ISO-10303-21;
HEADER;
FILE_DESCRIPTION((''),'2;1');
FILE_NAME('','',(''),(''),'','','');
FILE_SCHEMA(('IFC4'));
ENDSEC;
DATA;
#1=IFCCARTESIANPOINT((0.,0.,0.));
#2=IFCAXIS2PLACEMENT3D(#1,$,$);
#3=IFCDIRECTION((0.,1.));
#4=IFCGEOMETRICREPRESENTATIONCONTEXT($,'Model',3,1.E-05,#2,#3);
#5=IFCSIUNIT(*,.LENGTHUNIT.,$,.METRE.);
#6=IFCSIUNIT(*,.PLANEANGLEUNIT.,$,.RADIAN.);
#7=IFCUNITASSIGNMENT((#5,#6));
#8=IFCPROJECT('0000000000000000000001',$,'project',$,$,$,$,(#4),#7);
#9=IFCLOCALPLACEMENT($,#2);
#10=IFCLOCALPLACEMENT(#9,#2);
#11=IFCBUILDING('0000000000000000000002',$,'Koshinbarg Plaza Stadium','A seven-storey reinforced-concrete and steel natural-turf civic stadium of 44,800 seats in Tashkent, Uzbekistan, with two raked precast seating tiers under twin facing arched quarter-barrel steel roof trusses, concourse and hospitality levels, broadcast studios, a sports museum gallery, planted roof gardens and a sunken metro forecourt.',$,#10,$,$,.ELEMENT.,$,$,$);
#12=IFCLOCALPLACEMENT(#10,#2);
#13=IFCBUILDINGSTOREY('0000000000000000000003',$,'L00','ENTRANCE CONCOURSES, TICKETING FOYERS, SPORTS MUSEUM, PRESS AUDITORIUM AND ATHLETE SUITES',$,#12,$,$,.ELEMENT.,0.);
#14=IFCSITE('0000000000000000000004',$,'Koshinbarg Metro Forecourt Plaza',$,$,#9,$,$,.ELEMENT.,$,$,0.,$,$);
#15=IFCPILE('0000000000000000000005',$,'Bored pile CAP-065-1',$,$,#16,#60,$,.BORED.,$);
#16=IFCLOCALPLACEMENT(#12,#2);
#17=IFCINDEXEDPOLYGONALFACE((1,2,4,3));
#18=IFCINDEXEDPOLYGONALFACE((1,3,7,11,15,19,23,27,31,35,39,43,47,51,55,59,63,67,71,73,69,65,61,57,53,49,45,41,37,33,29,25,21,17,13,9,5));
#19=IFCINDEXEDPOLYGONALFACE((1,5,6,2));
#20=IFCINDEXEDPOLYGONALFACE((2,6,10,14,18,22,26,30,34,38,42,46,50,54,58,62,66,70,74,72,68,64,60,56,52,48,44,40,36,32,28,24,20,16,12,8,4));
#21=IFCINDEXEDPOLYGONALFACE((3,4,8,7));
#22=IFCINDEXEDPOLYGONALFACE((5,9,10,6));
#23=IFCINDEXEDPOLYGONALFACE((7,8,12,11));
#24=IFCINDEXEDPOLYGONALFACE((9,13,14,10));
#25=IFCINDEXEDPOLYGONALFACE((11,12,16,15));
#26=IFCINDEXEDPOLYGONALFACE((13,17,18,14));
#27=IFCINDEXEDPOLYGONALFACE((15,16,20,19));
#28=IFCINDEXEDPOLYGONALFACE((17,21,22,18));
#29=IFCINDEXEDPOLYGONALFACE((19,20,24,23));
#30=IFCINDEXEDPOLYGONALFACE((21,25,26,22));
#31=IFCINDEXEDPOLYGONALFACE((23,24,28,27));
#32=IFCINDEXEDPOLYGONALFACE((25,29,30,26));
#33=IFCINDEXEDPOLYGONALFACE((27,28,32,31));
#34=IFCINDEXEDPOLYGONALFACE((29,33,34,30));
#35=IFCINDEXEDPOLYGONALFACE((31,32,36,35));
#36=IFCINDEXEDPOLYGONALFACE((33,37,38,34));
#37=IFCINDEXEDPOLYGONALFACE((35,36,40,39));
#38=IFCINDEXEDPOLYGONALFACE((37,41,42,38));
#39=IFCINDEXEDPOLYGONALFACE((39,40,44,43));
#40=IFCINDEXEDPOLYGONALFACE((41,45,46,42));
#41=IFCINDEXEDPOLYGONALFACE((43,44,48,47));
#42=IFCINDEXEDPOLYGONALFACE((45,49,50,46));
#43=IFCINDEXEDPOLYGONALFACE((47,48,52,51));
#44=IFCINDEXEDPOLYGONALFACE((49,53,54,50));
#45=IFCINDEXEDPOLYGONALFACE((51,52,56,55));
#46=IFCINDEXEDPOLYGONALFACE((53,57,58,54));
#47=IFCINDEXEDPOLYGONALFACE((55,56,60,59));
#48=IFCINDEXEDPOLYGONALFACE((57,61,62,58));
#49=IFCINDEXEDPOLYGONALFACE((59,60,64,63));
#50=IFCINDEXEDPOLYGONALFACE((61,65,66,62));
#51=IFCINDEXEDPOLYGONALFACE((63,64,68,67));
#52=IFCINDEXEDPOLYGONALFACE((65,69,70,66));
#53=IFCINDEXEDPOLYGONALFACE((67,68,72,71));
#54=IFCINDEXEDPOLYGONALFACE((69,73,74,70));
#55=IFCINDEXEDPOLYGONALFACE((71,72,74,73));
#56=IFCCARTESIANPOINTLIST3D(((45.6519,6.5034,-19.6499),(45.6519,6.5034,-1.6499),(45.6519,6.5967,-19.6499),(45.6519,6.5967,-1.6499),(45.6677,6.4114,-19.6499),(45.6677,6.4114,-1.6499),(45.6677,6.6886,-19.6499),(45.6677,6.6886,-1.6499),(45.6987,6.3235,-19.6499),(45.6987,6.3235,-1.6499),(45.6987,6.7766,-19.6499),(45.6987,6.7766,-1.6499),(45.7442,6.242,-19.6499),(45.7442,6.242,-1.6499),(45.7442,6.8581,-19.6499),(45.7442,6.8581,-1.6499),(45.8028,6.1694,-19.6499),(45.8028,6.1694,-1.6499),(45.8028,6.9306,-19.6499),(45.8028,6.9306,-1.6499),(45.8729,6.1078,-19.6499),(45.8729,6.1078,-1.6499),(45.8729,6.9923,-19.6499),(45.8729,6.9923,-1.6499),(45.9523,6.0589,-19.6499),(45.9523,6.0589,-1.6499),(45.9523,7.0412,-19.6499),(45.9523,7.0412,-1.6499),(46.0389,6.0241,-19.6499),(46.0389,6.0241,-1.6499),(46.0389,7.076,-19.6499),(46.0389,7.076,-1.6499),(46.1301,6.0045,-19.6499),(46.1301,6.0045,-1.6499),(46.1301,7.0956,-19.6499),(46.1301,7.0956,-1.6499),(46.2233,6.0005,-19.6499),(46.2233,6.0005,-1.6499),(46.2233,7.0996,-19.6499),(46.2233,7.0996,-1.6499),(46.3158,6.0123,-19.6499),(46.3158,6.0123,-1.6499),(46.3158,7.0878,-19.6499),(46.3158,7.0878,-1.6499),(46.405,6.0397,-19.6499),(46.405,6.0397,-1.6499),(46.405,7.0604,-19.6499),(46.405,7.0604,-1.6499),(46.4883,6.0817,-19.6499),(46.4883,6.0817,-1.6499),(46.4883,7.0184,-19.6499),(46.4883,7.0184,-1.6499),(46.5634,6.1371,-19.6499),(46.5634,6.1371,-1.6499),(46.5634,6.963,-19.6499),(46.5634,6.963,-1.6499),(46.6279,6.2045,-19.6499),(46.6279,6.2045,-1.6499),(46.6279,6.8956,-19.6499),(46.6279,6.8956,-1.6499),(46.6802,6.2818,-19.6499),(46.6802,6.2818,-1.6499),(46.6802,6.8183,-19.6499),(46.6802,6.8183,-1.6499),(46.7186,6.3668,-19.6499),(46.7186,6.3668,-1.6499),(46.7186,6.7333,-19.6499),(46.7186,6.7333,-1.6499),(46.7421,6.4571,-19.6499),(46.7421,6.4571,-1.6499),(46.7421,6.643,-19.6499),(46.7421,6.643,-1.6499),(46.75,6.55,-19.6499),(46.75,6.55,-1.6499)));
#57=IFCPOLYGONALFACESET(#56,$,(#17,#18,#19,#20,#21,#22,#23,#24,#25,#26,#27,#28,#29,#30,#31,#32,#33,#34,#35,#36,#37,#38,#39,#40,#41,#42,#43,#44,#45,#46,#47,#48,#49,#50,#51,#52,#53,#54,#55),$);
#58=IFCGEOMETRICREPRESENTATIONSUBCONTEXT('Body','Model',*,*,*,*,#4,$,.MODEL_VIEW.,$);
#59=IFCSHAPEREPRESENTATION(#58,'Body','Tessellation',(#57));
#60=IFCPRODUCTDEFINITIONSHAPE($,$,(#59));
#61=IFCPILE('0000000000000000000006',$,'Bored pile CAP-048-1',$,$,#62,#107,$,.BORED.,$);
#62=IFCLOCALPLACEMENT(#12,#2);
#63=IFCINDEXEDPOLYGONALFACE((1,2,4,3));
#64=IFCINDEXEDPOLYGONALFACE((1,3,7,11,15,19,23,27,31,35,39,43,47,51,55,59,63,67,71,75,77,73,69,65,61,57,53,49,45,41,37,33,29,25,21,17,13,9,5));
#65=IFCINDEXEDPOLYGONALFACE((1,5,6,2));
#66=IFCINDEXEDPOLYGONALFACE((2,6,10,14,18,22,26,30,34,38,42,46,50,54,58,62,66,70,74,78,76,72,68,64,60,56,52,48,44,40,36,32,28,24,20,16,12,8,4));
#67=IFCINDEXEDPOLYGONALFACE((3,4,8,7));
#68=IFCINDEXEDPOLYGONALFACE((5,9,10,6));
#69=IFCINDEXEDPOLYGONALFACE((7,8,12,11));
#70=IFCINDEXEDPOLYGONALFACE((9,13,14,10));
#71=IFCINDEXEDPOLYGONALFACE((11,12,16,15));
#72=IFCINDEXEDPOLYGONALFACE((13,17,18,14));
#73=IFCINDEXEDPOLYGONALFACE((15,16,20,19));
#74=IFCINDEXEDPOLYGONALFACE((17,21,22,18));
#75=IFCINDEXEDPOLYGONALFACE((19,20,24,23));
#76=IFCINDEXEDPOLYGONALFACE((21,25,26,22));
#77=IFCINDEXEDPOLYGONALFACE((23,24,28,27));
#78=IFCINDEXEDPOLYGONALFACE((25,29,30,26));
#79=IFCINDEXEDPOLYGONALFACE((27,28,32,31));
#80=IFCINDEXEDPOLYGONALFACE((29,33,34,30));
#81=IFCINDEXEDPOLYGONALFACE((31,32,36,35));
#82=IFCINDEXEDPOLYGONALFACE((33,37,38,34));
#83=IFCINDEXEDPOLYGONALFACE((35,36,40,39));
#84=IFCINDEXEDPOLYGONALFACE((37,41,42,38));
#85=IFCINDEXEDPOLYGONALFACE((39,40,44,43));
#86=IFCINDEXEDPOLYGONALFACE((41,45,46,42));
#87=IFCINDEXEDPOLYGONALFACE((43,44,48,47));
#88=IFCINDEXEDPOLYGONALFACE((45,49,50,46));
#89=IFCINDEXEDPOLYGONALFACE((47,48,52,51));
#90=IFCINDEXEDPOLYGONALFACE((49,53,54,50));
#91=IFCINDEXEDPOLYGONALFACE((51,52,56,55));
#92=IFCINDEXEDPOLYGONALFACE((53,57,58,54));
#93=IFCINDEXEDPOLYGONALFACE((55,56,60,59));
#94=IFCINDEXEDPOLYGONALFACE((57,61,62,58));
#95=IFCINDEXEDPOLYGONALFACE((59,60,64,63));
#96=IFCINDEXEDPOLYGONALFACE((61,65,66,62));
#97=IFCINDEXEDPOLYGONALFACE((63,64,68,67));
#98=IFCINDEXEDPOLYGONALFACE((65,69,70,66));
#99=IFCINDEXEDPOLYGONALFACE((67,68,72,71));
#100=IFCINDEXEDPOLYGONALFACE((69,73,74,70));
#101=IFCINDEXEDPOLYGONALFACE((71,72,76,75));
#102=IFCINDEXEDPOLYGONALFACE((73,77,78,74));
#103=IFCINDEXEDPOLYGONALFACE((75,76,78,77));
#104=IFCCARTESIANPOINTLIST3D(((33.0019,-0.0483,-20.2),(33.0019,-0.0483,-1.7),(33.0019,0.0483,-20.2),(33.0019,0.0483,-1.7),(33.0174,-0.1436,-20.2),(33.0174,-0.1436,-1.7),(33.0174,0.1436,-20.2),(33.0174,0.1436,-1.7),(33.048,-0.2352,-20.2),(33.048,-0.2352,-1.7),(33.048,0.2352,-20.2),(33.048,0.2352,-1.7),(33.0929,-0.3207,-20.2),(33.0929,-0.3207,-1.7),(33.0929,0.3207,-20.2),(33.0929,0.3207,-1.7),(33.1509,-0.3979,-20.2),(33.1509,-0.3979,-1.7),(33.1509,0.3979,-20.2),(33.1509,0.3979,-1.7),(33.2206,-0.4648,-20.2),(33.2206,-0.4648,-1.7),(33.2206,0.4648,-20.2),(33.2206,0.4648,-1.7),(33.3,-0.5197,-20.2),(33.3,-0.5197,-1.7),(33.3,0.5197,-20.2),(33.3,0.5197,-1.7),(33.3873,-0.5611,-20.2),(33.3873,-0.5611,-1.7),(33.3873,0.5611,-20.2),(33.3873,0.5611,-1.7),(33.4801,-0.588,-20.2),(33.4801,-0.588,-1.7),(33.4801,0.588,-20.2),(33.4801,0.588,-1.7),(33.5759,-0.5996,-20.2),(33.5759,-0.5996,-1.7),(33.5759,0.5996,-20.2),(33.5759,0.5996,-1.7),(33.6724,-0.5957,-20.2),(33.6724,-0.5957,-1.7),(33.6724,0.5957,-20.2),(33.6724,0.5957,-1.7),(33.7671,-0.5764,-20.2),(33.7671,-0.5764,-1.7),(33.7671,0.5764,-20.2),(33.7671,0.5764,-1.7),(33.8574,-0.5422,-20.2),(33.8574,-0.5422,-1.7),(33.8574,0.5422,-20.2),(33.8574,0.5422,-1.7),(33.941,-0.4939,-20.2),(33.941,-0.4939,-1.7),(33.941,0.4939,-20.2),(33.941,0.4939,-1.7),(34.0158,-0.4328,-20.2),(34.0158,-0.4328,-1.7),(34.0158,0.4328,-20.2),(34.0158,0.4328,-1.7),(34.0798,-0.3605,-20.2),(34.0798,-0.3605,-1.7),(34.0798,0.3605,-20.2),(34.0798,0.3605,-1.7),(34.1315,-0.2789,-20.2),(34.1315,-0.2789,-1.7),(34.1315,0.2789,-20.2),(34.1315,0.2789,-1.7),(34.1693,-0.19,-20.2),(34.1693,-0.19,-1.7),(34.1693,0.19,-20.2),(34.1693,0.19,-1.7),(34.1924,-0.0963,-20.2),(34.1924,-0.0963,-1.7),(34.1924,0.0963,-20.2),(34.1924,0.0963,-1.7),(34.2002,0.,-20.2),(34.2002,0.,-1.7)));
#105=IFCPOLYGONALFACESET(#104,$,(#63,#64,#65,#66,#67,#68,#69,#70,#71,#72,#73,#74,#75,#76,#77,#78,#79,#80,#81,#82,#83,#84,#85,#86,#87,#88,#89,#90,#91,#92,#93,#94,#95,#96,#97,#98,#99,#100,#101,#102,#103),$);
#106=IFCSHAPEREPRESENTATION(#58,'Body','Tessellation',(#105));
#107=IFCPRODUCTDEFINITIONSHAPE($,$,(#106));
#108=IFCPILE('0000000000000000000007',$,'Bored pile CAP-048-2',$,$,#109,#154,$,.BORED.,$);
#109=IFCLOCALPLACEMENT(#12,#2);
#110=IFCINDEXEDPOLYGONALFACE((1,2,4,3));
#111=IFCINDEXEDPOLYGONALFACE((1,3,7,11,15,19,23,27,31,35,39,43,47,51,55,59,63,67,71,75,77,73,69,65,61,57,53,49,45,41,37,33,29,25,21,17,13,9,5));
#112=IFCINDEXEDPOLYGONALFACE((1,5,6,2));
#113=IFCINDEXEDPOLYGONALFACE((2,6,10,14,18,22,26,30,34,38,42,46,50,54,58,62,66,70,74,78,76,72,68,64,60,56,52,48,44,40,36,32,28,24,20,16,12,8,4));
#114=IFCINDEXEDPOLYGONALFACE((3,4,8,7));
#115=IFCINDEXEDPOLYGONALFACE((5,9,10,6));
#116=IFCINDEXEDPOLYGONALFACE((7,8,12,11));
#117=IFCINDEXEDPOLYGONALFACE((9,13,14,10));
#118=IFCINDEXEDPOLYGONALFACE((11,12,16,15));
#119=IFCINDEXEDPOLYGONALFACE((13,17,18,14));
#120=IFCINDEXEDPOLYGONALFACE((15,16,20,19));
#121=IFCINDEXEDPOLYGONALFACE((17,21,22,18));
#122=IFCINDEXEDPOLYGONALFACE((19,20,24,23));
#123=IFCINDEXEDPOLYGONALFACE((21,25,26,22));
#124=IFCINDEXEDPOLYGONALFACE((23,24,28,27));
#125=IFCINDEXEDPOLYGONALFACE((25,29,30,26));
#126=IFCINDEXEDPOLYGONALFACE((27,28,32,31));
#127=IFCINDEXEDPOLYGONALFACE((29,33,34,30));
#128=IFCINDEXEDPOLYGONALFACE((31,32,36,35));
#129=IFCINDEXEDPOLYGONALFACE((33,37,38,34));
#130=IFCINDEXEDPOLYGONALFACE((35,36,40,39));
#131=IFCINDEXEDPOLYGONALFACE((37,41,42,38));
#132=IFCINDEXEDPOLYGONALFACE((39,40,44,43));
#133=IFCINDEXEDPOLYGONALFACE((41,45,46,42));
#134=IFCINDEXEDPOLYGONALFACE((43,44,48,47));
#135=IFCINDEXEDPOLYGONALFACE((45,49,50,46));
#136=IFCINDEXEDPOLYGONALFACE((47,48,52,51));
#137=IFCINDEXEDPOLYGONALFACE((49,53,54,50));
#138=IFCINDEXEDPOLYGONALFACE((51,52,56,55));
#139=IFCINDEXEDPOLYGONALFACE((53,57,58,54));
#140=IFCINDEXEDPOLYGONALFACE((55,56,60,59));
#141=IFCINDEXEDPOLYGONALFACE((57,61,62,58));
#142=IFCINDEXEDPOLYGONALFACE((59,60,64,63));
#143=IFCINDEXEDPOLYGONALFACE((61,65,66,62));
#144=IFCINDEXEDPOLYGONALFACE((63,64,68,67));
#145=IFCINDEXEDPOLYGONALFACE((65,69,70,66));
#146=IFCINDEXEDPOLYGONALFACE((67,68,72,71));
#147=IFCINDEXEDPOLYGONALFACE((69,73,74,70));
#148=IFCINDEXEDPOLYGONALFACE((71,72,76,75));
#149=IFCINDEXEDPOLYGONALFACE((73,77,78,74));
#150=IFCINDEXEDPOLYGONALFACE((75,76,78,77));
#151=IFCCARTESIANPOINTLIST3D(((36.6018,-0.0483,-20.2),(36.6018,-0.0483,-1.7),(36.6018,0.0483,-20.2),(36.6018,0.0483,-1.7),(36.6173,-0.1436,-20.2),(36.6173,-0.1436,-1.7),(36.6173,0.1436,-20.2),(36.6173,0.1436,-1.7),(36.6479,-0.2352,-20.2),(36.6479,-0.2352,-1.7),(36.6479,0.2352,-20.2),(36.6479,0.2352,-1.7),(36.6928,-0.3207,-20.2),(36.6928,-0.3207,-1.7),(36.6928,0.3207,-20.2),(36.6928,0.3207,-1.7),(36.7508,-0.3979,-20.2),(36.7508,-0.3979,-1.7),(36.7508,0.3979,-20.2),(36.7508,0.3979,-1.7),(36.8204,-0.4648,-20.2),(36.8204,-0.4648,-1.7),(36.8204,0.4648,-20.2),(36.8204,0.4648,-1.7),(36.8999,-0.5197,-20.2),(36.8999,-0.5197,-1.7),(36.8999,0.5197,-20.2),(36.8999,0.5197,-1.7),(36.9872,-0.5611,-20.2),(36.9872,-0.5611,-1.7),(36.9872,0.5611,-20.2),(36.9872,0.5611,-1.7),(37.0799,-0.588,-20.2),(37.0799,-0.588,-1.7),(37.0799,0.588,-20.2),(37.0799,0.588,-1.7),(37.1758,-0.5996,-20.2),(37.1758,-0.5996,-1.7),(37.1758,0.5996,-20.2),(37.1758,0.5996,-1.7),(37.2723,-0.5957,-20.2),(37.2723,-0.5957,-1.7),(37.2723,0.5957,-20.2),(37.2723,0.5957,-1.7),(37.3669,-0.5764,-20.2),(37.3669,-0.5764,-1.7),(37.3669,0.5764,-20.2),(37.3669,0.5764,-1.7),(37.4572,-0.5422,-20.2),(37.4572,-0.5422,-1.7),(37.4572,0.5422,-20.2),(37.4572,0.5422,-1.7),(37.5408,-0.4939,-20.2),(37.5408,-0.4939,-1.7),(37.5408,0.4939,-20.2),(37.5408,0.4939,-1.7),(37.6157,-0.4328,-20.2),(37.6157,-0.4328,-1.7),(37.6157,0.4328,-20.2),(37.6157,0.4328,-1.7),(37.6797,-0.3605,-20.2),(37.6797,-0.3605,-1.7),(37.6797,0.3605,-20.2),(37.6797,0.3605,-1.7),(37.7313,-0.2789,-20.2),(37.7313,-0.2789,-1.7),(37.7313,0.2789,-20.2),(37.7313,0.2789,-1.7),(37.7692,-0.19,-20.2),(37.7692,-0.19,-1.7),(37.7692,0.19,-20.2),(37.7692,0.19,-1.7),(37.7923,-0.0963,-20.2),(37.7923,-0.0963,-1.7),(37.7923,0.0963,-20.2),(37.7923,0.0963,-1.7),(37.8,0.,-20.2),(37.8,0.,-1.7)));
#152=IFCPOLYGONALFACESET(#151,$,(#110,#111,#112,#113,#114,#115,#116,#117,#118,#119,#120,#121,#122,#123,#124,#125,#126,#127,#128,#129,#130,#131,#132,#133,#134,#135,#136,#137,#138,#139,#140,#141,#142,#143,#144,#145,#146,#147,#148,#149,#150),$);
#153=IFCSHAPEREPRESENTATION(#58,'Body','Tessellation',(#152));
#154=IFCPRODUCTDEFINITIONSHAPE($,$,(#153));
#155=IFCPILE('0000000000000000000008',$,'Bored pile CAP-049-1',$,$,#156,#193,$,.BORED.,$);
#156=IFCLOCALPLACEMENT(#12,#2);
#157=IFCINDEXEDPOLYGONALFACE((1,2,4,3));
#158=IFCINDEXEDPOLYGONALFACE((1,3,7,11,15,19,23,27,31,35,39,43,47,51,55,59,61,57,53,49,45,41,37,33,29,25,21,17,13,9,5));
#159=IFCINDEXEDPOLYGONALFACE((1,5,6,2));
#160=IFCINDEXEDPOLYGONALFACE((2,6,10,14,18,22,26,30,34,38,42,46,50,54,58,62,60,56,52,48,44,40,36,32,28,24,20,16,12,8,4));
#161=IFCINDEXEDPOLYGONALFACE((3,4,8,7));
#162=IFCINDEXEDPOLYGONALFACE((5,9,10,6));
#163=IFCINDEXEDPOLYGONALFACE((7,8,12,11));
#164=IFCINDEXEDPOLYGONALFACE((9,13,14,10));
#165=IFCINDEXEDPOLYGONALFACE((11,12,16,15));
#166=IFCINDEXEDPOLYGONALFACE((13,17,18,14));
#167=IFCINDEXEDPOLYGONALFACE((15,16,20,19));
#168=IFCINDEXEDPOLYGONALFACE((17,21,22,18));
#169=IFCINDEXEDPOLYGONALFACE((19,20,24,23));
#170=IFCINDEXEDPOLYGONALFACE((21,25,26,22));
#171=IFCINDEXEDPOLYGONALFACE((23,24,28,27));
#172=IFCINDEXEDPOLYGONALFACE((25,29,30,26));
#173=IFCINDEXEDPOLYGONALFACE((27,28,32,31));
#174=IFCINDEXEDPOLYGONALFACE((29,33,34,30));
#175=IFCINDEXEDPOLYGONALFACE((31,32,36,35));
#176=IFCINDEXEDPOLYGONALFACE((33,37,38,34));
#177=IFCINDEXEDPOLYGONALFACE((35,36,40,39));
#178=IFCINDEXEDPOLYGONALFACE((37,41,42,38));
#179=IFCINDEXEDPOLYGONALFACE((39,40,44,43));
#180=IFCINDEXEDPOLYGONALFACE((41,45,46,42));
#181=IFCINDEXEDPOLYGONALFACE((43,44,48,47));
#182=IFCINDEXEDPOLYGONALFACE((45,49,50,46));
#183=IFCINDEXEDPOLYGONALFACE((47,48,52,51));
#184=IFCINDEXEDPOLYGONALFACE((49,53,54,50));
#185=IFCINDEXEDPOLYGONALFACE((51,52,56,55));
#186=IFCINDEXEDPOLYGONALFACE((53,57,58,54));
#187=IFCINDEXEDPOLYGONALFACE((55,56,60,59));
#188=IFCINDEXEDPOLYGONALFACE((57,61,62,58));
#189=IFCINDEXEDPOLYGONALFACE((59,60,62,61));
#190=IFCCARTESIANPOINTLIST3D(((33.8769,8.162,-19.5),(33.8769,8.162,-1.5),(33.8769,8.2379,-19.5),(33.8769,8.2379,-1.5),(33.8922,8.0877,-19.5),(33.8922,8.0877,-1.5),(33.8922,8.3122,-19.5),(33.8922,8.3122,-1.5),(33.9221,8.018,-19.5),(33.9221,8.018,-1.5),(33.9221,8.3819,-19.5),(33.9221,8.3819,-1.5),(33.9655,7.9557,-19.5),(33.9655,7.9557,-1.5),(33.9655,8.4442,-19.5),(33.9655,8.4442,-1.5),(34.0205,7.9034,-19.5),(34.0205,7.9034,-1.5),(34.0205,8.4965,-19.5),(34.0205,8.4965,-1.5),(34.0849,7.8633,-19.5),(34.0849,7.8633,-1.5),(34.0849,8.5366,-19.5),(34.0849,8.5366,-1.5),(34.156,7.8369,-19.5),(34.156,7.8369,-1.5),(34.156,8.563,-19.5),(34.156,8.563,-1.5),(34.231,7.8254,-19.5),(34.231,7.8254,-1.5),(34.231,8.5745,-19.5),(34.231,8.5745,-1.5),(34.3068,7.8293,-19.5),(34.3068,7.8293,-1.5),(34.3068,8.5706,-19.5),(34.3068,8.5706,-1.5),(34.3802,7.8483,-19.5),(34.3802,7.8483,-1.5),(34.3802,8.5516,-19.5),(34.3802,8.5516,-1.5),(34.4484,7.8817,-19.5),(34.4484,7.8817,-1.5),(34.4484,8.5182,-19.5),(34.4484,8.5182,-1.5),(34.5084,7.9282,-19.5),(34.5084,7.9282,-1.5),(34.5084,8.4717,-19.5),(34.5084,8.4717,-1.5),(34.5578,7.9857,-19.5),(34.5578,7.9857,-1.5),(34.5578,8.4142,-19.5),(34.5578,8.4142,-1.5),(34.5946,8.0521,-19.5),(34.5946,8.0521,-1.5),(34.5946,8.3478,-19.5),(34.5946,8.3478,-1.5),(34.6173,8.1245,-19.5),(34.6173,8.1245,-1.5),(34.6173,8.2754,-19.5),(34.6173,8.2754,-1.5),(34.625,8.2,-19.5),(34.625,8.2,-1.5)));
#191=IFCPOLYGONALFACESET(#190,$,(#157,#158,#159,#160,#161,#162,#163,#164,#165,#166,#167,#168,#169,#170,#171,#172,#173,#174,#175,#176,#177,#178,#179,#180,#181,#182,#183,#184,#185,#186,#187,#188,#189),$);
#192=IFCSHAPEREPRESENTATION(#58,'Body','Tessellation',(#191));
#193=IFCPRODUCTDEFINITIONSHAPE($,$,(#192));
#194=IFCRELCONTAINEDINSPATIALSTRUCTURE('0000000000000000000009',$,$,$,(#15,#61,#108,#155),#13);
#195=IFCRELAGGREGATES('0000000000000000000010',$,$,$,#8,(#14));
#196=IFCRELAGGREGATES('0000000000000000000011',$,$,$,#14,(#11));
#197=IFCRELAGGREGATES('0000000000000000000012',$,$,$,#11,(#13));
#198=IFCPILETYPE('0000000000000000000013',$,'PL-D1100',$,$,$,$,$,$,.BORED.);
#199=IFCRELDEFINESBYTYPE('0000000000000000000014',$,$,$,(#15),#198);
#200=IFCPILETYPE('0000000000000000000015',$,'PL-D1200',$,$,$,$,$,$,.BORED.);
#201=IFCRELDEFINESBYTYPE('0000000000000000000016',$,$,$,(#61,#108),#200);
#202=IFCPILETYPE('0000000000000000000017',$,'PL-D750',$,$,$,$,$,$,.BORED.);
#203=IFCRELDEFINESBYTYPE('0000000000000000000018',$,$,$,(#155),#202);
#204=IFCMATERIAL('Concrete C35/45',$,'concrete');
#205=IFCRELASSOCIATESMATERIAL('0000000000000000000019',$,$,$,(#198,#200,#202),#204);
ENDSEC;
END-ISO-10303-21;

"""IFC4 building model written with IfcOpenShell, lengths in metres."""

from ifc_helpers import new_model, si_unit, direction, frame, origin, origin_2d, place, context, subcontext, project, spatial, circle, extrude, material, material_profile, profile_set, type_object, element, save


model = new_model("IFC4")

# Units and contexts
model_context = context("Model", 3, precision=1e-05, world=origin(), true_north=direction((0.0, 1.0)))
body_context = subcontext(model_context, "Body", "Model", "MODEL_VIEW")
ifc_project = project(units=[si_unit("LENGTHUNIT", "METRE"), si_unit("PLANEANGLEUNIT", "RADIAN")], contexts=[model_context])

# Site, building, storey
site_placement = place(None, origin())
site = spatial("IfcSite", under=ifc_project, at=site_placement, Name="Koshinbarg Metro Forecourt Plaza", CompositionType="ELEMENT", RefElevation=0.0)
building_placement = place(site_placement, origin())
building = spatial("IfcBuilding", under=site, at=building_placement, Name="Koshinbarg Plaza Stadium", Description="A seven-storey reinforced-concrete and steel natural-turf civic stadium of 44,800 seats in Tashkent, Uzbekistan, with two raked precast seating tiers under twin facing arched quarter-barrel steel roof trusses, concourse and hospitality levels, broadcast studios, a sports museum gallery, planted roof gardens and a sunken metro forecourt.", CompositionType="ELEMENT")
storey_placement = place(building_placement, origin())
storey = spatial("IfcBuildingStorey", under=building, at=storey_placement, Name="L00", Description="ENTRANCE CONCOURSES, TICKETING FOYERS, SPORTS MUSEUM, PRESS AUDITORIUM AND ATHLETE SUITES", CompositionType="ELEMENT", Elevation=0.0)

# Shared definitions
ifc_material_1 = material(Name="Concrete C35/45", Category="concrete")

# Piles
ifc_material_profile_1 = material_profile(ifc_material_1, circle(Radius=0.55, at=origin_2d()), Name="PILE D1100")
ifc_profile_set_1 = profile_set([ifc_material_profile_1], Name="Concrete C35/45")
pile_type_1 = type_object("IfcPileType", Name="PL-D1100", PredefinedType="BORED", material=ifc_profile_set_1)
pile_1_placement = place(storey_placement, frame((46.2, 6.55, -1.6499), z_axis=(0.0, 0.0, -1.0), x_axis=(1.0, 0.0, 0.0)))
element("IfcPile", 1, at=pile_1_placement, inside=storey, type_object=pile_type_1, Name="Bored pile CAP-065-1", PredefinedType="BORED", context=body_context, shape_type="SweptSolid", body=[
    extrude(circle(Radius=0.55, at=origin_2d()), origin(), (0.0, 0.0, 1.0), 18.0),
])
ifc_material_profile_2 = material_profile(ifc_material_1, circle(Radius=0.6001, at=origin_2d()), Name="PILE D1200")
ifc_profile_set_2 = profile_set([ifc_material_profile_2], Name="Concrete C35/45")
pile_type_2 = type_object("IfcPileType", Name="PL-D1200", PredefinedType="BORED", material=ifc_profile_set_2)
for number, where, z_axis, x_axis, name in (
    (2, (33.6001, 0.0, -1.7), (0.0, 0.0, -1.0), (1.0, 0.0, 0.0), "Bored pile CAP-048-1"),
    (3, (37.2, 0.0, -1.7), (0.0, 0.0, -1.0), (1.0, 0.0, 0.0), "Bored pile CAP-048-2"),
):
    element("IfcPile", number, at=place(storey_placement, frame(where, z_axis=z_axis, x_axis=x_axis)), inside=storey, type_object=pile_type_2, Name=name, PredefinedType="BORED", context=body_context, shape_type="SweptSolid", body=[
        extrude(circle(Radius=0.6001, at=origin_2d()), origin(), (0.0, 0.0, 1.0), 18.5),
    ])
ifc_material_profile_3 = material_profile(ifc_material_1, circle(Radius=0.375, at=origin_2d()), Name="PILE D750")
ifc_profile_set_3 = profile_set([ifc_material_profile_3], Name="Concrete C35/45")
pile_type_3 = type_object("IfcPileType", Name="PL-D750", PredefinedType="BORED", material=ifc_profile_set_3)
for number, where, z_axis, x_axis, name in (
    (4, (34.25, 8.2, -1.5), (0.0, 0.0, -1.0), (1.0, 0.0, 0.0), "Bored pile CAP-049-1"),
):
    element("IfcPile", number, at=place(storey_placement, frame(where, z_axis=z_axis, x_axis=x_axis)), inside=storey, type_object=pile_type_3, Name=name, PredefinedType="BORED", context=body_context, shape_type="SweptSolid", body=[
        extrude(circle(Radius=0.375, at=origin_2d()), origin(), (0.0, 0.0, 1.0), 18.0),
    ])

save(model, "model.ifc")
